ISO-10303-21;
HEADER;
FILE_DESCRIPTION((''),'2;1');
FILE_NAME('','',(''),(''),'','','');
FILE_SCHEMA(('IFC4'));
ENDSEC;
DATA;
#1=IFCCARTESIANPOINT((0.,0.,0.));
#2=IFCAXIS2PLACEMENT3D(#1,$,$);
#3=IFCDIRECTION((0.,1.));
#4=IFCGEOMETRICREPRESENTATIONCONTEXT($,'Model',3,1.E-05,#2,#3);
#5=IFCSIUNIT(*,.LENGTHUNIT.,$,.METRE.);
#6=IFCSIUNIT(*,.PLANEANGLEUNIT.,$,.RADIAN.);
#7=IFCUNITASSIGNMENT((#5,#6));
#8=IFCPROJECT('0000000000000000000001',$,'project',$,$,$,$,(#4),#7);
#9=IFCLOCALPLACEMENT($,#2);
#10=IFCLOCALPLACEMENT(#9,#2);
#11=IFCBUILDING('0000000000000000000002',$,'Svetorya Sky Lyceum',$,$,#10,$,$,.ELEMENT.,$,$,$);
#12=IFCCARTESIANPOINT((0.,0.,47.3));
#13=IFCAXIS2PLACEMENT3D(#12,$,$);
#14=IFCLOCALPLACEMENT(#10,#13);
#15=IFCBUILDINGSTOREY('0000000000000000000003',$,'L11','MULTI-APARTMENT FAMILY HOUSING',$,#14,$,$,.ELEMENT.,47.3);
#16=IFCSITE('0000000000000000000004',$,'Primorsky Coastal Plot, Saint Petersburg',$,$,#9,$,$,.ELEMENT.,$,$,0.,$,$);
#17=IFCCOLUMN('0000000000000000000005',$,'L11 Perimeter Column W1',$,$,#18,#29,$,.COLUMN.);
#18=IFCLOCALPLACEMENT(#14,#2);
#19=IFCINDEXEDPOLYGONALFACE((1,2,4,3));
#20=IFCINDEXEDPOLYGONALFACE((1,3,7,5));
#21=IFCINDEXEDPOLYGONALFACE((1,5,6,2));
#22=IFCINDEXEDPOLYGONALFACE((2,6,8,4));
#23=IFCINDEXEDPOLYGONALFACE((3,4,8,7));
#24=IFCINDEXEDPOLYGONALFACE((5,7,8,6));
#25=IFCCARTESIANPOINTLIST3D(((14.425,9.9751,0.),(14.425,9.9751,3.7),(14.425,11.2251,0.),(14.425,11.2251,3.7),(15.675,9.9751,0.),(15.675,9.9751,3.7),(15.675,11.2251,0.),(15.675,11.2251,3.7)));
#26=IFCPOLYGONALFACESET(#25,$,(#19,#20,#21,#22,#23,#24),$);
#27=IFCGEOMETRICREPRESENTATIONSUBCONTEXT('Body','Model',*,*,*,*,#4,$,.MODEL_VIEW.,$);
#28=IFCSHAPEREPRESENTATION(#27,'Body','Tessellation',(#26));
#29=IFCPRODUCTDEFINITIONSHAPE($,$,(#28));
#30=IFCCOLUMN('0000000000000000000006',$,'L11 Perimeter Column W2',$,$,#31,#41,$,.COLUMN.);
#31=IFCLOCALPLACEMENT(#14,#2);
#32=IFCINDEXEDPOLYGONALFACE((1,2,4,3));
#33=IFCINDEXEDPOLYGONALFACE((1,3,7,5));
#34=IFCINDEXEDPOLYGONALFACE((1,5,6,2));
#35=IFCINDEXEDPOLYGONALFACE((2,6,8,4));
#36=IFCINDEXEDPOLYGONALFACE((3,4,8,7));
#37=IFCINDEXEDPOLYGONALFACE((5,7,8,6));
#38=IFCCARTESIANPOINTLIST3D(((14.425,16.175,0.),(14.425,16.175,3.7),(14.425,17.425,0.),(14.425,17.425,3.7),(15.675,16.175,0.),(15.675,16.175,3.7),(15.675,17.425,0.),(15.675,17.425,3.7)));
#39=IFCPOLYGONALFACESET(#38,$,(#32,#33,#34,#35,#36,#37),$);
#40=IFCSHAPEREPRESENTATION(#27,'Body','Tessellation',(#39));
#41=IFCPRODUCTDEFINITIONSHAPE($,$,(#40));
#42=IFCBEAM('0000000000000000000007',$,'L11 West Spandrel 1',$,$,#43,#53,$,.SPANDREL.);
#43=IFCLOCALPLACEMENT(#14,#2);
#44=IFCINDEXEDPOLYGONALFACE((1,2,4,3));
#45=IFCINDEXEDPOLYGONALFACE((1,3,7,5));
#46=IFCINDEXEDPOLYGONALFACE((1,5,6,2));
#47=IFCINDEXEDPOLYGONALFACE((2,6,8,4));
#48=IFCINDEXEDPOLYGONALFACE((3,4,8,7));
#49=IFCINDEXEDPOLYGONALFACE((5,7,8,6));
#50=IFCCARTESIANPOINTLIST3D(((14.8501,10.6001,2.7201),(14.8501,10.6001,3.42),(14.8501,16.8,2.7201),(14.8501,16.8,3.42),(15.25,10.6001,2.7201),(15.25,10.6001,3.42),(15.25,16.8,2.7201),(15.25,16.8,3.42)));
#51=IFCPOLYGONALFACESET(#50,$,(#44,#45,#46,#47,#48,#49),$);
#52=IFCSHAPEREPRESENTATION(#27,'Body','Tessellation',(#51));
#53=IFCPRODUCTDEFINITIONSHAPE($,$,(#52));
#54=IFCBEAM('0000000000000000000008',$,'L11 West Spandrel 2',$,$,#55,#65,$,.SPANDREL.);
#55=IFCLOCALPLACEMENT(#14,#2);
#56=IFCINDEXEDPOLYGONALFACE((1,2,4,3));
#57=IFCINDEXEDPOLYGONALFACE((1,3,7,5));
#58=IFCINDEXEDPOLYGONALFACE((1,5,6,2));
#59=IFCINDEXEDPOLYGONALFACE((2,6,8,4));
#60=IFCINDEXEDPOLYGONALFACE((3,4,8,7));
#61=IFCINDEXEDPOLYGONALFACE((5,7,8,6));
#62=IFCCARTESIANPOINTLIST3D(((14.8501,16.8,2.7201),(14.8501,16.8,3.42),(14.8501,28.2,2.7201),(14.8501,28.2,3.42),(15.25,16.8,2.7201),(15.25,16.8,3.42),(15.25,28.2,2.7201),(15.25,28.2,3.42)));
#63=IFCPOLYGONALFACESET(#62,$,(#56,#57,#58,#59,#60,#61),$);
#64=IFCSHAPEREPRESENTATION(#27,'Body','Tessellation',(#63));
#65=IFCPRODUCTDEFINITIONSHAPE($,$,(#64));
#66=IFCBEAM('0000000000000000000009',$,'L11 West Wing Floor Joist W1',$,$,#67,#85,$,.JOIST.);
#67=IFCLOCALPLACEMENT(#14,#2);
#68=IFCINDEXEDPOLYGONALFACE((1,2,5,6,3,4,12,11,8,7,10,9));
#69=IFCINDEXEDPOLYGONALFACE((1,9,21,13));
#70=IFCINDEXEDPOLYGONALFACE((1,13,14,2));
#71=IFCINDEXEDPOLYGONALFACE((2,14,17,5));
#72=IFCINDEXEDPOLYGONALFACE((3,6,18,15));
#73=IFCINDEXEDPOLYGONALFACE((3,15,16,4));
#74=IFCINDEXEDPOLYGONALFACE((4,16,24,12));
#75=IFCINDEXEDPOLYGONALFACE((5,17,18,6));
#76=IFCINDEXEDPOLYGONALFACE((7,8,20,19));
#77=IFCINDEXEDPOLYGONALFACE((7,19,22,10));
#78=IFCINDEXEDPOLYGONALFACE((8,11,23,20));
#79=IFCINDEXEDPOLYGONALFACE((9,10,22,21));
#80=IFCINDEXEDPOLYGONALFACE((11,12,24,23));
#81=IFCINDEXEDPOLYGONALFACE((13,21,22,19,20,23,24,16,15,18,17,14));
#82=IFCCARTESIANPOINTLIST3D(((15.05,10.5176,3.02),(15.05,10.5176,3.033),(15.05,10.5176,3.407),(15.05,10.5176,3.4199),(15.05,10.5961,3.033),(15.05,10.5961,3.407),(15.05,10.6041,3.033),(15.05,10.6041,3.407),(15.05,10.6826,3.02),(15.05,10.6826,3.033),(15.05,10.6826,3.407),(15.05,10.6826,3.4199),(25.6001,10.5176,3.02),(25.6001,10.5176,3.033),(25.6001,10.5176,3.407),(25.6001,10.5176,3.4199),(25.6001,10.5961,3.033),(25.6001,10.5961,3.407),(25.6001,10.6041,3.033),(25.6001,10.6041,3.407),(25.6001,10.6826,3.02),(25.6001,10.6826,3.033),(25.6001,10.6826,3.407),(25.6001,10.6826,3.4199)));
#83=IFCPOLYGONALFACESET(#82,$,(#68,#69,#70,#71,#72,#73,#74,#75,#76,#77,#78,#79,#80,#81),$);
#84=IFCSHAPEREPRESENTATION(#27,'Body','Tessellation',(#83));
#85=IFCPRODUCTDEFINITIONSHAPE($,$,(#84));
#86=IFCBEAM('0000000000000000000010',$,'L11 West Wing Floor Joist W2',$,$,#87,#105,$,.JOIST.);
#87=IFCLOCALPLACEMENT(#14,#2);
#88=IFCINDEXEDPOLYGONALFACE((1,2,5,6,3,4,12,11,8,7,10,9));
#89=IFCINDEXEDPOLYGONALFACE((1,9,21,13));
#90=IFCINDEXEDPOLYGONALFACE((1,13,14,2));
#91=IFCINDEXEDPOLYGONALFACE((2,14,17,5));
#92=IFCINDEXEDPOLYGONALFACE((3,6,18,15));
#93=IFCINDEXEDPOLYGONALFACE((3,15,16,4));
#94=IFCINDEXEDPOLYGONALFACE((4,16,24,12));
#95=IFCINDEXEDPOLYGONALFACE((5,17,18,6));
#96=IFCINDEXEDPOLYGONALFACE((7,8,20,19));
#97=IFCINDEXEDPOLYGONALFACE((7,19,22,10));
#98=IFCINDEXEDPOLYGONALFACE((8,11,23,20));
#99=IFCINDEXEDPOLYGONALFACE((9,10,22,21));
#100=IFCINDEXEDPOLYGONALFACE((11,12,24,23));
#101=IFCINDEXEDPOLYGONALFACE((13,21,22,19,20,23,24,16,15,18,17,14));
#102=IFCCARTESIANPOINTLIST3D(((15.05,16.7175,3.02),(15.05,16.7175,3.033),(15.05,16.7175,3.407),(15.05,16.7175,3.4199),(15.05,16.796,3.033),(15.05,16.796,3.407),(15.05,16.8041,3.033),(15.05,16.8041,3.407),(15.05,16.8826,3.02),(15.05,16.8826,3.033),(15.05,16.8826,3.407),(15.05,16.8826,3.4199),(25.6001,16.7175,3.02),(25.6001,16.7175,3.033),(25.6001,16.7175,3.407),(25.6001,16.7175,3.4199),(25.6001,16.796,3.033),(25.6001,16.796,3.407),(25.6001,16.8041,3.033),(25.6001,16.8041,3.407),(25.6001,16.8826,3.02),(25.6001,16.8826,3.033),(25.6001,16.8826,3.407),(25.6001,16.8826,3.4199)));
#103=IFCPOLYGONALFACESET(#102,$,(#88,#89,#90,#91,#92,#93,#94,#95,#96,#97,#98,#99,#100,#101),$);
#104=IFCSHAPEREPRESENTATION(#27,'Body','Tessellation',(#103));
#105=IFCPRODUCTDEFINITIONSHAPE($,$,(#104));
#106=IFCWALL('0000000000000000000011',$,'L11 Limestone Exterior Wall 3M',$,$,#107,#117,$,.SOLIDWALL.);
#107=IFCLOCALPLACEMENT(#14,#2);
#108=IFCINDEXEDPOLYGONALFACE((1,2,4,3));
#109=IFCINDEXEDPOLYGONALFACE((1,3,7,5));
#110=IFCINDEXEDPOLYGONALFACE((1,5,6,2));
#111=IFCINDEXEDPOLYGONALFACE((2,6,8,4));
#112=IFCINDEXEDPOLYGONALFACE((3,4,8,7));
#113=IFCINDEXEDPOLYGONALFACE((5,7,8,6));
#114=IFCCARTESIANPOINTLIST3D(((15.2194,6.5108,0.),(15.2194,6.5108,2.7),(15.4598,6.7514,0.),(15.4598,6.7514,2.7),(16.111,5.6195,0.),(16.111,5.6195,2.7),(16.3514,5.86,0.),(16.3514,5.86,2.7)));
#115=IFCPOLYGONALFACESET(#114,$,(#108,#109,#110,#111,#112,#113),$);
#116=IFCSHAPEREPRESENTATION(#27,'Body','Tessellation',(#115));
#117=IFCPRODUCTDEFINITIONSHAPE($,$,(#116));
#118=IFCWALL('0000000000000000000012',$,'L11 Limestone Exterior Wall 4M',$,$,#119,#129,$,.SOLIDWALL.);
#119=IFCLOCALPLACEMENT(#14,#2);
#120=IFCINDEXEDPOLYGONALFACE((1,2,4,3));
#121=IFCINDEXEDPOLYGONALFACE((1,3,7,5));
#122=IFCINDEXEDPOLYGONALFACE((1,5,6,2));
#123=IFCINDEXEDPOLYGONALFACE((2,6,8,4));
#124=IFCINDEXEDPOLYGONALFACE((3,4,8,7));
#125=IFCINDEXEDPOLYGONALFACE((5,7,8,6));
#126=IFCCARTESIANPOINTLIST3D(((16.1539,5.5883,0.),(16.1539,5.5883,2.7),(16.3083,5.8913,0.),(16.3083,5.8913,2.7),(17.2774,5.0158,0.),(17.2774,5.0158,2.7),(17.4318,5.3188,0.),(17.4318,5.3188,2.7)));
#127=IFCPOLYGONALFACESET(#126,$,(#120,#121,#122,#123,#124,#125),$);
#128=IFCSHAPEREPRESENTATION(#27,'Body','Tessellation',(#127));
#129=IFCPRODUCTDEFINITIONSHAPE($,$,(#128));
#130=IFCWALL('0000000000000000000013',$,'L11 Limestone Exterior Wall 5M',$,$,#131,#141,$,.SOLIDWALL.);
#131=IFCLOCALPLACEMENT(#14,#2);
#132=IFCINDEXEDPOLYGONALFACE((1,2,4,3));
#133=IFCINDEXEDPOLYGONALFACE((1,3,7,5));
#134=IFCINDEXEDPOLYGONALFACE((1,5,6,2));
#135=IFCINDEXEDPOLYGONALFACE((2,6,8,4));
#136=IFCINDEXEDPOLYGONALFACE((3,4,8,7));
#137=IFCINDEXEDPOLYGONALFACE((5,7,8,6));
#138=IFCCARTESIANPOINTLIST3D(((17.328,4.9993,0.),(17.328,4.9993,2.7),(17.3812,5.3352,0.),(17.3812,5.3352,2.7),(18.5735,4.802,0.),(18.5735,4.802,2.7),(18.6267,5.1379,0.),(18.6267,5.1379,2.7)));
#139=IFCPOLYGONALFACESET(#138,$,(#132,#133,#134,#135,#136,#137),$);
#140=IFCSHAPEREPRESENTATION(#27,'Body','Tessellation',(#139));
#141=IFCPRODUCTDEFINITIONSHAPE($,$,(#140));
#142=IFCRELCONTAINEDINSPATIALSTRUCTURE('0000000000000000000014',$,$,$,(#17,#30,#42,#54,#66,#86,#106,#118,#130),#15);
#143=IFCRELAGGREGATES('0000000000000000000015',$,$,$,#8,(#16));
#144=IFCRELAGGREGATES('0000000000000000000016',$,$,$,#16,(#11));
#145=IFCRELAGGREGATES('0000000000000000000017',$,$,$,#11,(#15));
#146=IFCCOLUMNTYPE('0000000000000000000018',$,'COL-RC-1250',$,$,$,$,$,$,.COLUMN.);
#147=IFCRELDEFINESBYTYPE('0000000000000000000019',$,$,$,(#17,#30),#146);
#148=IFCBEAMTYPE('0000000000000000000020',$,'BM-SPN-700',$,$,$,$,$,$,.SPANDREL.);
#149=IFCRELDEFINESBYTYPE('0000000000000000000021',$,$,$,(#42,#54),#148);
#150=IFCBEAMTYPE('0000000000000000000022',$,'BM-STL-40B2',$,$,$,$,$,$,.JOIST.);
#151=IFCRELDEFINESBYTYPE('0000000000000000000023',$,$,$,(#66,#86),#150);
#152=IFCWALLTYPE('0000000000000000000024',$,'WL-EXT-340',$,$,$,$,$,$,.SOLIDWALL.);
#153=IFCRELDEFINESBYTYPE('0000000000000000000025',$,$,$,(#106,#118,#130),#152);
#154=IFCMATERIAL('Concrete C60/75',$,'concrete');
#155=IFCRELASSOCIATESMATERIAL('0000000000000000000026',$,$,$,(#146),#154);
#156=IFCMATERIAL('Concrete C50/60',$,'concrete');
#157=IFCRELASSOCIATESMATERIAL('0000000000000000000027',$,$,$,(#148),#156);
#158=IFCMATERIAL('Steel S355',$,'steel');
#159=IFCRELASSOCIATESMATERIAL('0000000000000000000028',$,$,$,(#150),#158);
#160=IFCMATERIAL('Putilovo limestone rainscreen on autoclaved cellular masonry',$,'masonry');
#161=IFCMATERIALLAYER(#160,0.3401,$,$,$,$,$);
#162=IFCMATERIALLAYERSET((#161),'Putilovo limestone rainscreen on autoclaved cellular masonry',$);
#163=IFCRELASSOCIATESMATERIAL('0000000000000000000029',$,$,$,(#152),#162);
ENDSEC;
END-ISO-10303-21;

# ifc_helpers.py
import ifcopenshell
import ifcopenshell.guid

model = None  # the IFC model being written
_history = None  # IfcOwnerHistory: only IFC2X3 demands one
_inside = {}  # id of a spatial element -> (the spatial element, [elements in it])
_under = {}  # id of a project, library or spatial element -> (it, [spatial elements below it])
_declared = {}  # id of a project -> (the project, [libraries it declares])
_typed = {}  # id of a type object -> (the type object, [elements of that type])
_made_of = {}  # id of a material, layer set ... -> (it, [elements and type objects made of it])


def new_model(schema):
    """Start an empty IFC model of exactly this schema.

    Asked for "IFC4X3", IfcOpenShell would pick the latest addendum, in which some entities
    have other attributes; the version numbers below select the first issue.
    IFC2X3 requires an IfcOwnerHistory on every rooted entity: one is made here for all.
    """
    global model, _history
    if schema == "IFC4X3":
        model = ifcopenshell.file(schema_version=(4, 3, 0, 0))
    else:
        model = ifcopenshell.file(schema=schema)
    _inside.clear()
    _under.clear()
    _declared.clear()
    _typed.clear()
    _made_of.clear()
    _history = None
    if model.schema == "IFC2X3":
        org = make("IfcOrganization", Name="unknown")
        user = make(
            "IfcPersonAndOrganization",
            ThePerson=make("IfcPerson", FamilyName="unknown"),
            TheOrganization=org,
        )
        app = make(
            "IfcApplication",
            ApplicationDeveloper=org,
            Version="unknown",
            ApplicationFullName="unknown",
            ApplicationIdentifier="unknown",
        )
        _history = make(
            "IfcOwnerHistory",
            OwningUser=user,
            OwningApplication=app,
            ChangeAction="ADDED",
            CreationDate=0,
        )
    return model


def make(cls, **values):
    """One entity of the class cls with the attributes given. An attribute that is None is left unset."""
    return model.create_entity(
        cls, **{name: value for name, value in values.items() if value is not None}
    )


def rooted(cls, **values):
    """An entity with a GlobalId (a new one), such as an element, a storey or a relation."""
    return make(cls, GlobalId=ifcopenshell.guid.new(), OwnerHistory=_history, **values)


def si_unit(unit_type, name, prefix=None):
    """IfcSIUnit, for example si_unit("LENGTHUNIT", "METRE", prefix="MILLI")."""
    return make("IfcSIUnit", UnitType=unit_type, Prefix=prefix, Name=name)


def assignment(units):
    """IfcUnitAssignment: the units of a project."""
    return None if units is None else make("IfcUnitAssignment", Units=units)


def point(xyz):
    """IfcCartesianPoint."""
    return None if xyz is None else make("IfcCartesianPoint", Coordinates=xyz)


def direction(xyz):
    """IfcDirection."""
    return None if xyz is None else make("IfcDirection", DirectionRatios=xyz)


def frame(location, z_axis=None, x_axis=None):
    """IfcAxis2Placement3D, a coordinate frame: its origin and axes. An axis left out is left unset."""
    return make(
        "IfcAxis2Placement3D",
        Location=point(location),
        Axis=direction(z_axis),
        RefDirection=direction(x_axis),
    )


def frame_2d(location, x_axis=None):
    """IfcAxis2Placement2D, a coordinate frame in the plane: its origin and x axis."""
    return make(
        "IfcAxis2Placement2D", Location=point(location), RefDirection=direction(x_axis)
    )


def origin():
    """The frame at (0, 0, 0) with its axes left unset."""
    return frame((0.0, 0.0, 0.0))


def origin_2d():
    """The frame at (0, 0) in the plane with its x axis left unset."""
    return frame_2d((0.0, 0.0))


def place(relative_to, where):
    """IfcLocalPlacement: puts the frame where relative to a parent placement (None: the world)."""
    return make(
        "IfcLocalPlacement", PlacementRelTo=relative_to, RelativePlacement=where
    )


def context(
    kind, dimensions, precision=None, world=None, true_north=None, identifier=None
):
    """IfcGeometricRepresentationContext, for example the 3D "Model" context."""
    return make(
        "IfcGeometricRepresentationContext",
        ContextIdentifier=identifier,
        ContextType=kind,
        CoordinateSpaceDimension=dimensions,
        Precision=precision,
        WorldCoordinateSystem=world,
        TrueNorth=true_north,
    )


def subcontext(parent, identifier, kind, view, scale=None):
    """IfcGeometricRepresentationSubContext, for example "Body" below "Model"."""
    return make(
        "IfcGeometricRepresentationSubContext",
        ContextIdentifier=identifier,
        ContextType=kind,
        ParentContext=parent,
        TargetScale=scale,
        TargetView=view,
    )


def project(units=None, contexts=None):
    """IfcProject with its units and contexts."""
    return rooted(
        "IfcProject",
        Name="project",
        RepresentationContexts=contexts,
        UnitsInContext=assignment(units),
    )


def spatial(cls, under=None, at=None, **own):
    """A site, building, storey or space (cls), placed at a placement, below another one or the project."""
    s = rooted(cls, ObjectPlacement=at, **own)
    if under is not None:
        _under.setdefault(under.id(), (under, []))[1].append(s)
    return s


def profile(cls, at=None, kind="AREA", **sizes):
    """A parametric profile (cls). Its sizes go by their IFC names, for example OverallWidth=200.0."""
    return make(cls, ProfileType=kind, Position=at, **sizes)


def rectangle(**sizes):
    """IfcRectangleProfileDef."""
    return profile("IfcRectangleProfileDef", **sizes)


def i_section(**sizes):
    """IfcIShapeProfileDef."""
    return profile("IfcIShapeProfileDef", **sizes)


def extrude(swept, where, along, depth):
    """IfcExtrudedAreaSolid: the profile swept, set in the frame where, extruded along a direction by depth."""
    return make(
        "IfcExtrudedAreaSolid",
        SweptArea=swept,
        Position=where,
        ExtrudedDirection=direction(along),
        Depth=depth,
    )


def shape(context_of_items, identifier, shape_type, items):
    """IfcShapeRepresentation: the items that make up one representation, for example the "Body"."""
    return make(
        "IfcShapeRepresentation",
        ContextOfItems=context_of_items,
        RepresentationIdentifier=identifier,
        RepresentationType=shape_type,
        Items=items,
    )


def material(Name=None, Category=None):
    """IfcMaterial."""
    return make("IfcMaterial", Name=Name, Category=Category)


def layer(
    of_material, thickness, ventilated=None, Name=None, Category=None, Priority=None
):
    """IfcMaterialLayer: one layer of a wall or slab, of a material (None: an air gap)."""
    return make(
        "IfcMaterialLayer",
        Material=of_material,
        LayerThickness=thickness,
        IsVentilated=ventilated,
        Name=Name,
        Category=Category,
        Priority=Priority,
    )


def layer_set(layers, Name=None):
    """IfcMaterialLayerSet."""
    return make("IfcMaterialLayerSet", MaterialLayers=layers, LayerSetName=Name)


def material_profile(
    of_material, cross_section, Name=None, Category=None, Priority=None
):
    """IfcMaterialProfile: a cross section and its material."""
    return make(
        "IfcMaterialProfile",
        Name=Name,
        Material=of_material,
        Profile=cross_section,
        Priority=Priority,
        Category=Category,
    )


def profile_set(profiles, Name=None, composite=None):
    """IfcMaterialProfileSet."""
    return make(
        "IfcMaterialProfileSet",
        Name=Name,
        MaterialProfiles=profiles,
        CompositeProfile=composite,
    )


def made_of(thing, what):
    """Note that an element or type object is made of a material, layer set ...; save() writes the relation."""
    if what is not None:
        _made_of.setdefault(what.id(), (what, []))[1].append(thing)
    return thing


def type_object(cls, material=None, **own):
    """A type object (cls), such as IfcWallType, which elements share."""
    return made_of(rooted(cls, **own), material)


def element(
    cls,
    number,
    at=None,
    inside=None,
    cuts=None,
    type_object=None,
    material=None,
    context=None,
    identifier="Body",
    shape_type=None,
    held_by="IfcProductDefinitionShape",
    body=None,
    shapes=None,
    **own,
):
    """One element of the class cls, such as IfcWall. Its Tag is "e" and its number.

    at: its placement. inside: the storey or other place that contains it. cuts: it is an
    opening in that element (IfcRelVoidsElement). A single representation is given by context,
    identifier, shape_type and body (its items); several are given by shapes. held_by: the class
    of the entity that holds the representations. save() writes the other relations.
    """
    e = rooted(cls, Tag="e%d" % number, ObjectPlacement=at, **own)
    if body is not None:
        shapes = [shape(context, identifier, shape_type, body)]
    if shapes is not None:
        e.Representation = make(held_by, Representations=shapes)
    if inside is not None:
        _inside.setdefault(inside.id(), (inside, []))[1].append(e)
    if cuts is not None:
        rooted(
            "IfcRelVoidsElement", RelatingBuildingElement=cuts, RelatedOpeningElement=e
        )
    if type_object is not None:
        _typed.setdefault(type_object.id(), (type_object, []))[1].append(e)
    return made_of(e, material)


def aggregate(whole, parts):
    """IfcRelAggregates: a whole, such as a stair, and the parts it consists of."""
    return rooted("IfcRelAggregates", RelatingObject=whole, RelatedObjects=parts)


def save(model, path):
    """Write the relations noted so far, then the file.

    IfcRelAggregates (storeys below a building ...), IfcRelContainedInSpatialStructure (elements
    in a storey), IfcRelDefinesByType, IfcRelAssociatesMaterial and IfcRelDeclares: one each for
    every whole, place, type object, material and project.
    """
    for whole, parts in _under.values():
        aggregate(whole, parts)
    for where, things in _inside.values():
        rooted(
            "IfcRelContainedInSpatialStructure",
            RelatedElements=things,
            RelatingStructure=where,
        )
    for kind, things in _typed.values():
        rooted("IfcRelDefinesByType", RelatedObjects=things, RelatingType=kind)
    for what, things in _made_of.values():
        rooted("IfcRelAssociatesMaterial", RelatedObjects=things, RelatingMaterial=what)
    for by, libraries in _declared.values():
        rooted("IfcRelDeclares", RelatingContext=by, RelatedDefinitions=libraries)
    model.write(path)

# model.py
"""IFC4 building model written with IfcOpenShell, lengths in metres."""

from ifc_helpers import new_model, si_unit, direction, frame, frame_2d, origin, origin_2d, place, context, subcontext, project, spatial, rectangle, i_section, extrude, material, layer, layer_set, material_profile, profile_set, type_object, element, save


model = new_model("IFC4")

# Units and contexts
model_context = context("Model", 3, precision=1e-05, world=origin(), true_north=direction((0.0, 1.0)))
body_context = subcontext(model_context, "Body", "Model", "MODEL_VIEW")
ifc_project = project(units=[si_unit("LENGTHUNIT", "METRE"), si_unit("PLANEANGLEUNIT", "RADIAN")], contexts=[model_context])

# Site, building, storey
site_placement = place(None, origin())
site = spatial("IfcSite", under=ifc_project, at=site_placement, Name="Primorsky Coastal Plot, Saint Petersburg", CompositionType="ELEMENT", RefElevation=0.0)
building_placement = place(site_placement, origin())
building = spatial("IfcBuilding", under=site, at=building_placement, Name="Svetorya Sky Lyceum", CompositionType="ELEMENT")
storey_placement = place(building_placement, frame((0.0, 0.0, 47.3)))
storey = spatial("IfcBuildingStorey", under=building, at=storey_placement, Name="L11", Description="MULTI-APARTMENT FAMILY HOUSING", CompositionType="ELEMENT", Elevation=47.3)

# Columns
ifc_material_1 = material(Name="Concrete C60/75", Category="concrete")
ifc_material_profile_1 = material_profile(ifc_material_1, rectangle(XDim=1.25, YDim=1.25, at=origin_2d()), Name="RC COL 1250x1250")
ifc_profile_set_1 = profile_set([ifc_material_profile_1], Name="Concrete C60/75")
column_type = type_object("IfcColumnType", Name="COL-RC-1250", PredefinedType="COLUMN", material=ifc_profile_set_1)
for number, where, z_axis, x_axis, name in (
    (1, (15.05, 10.6001, 0.0), (0.0, 0.0, 1.0), (1.0, 0.0, 0.0), "L11 Perimeter Column W1"),
    (2, (15.05, 16.8, 0.0), (0.0, 0.0, 1.0), (1.0, 0.0, 0.0), "L11 Perimeter Column W2"),
):
    element("IfcColumn", number, at=place(storey_placement, frame(where, z_axis=z_axis, x_axis=x_axis)), inside=storey, type_object=column_type, Name=name, PredefinedType="COLUMN", context=body_context, shape_type="SweptSolid", body=[
        extrude(rectangle(XDim=1.25, YDim=1.25, at=origin_2d()), origin(), (0.0, 0.0, 1.0), 3.7),
    ])

# Beams
ifc_material_2 = material(Name="Concrete C50/60", Category="concrete")
ifc_material_profile_2 = material_profile(ifc_material_2, rectangle(XDim=0.3999, YDim=0.7, at=origin_2d()), Name="RC SPANDREL 400x700")
ifc_profile_set_2 = profile_set([ifc_material_profile_2], Name="Concrete C50/60")
beam_type_1 = type_object("IfcBeamType", Name="BM-SPN-700", PredefinedType="SPANDREL", material=ifc_profile_set_2)
beam_1_placement = place(storey_placement, frame((15.05, 10.6001, 3.0701), z_axis=(0.0, 1.0, 0.0), x_axis=(-1.0, 0.0, 0.0)))
element("IfcBeam", 3, at=beam_1_placement, inside=storey, type_object=beam_type_1, Name="L11 West Spandrel 1", PredefinedType="SPANDREL", context=body_context, shape_type="SweptSolid", body=[
    extrude(rectangle(XDim=0.3999, YDim=0.7, at=origin_2d()), origin(), (0.0, 0.0, 1.0), 6.2),
])
beam_2_placement = place(storey_placement, frame((15.05, 16.8, 3.0701), z_axis=(0.0, 1.0, 0.0), x_axis=(-1.0, 0.0, 0.0)))
element("IfcBeam", 4, at=beam_2_placement, inside=storey, type_object=beam_type_1, Name="L11 West Spandrel 2", PredefinedType="SPANDREL", context=body_context, shape_type="SweptSolid", body=[
    extrude(rectangle(XDim=0.3999, YDim=0.7, at=origin_2d()), origin(), (0.0, 0.0, 1.0), 11.3999),
])
ifc_material_3 = material(Name="Steel S355", Category="steel")
ifc_material_profile_3 = material_profile(ifc_material_3, i_section(OverallWidth=0.165, OverallDepth=0.3999, WebThickness=0.0081, FlangeThickness=0.0129, at=origin_2d()), Name="GOST 40B2")
ifc_profile_set_3 = profile_set([ifc_material_profile_3], Name="Steel S355")
beam_type_2 = type_object("IfcBeamType", Name="BM-STL-40B2", PredefinedType="JOIST", material=ifc_profile_set_3)
for number, where, z_axis, x_axis, name in (
    (5, (15.05, 10.6001, 3.22), (1.0, 0.0, 0.0), (0.0, 1.0, 0.0), "L11 West Wing Floor Joist W1"),
    (6, (15.05, 16.8, 3.22), (1.0, 0.0, 0.0), (0.0, 1.0, 0.0), "L11 West Wing Floor Joist W2"),
):
    element("IfcBeam", number, at=place(storey_placement, frame(where, z_axis=z_axis, x_axis=x_axis)), inside=storey, type_object=beam_type_2, Name=name, PredefinedType="JOIST", context=body_context, shape_type="SweptSolid", body=[
        extrude(i_section(OverallWidth=0.165, OverallDepth=0.3999, WebThickness=0.0081, FlangeThickness=0.0129, at=origin_2d()), origin(), (0.0, 0.0, 1.0), 10.55),
    ])

# Walls
ifc_material_4 = material(Name="Putilovo limestone rainscreen on autoclaved cellular masonry", Category="masonry")
ifc_layer_1 = layer(ifc_material_4, 0.3401)
ifc_layer_set_1 = layer_set([ifc_layer_1], Name="Putilovo limestone rainscreen on autoclaved cellular masonry")
wall_type_1 = type_object("IfcWallType", Name="WL-EXT-340", PredefinedType="SOLIDWALL", material=ifc_layer_set_1)
wall_1_placement = place(storey_placement, frame((15.3396, 6.6311, 0.0), z_axis=(0.0, 0.0, 1.0), x_axis=(0.707204, -0.70701, 0.0)))
element("IfcWall", 7, at=wall_1_placement, inside=storey, type_object=wall_type_1, Name="L11 Limestone Exterior Wall 3M", PredefinedType="SOLIDWALL", context=body_context, shape_type="SweptSolid", body=[
    extrude(rectangle(XDim=1.2607, YDim=0.3401, at=frame_2d((0.6304, 0.0))), origin(), (0.0, 0.0, 1.0), 2.7),
])
for number, where, z_axis, x_axis, name in (
    (8, (16.2312, 5.7397, 0.0), (0.0, 0.0, 1.0), (0.890994, -0.454016, 0.0), "L11 Limestone Exterior Wall 4M"),
    (9, (17.3547, 5.1672, 0.0), (0.0, 0.0, 1.0), (0.987686, -0.15645, 0.0), "L11 Limestone Exterior Wall 5M"),
):
    element("IfcWall", number, at=place(storey_placement, frame(where, z_axis=z_axis, x_axis=x_axis)), inside=storey, type_object=wall_type_1, Name=name, PredefinedType="SOLIDWALL", context=body_context, shape_type="SweptSolid", body=[
        extrude(rectangle(XDim=1.261, YDim=0.3401, at=frame_2d((0.6304, 0.0))), origin(), (0.0, 0.0, 1.0), 2.7),
    ])

save(model, "model.ifc")
